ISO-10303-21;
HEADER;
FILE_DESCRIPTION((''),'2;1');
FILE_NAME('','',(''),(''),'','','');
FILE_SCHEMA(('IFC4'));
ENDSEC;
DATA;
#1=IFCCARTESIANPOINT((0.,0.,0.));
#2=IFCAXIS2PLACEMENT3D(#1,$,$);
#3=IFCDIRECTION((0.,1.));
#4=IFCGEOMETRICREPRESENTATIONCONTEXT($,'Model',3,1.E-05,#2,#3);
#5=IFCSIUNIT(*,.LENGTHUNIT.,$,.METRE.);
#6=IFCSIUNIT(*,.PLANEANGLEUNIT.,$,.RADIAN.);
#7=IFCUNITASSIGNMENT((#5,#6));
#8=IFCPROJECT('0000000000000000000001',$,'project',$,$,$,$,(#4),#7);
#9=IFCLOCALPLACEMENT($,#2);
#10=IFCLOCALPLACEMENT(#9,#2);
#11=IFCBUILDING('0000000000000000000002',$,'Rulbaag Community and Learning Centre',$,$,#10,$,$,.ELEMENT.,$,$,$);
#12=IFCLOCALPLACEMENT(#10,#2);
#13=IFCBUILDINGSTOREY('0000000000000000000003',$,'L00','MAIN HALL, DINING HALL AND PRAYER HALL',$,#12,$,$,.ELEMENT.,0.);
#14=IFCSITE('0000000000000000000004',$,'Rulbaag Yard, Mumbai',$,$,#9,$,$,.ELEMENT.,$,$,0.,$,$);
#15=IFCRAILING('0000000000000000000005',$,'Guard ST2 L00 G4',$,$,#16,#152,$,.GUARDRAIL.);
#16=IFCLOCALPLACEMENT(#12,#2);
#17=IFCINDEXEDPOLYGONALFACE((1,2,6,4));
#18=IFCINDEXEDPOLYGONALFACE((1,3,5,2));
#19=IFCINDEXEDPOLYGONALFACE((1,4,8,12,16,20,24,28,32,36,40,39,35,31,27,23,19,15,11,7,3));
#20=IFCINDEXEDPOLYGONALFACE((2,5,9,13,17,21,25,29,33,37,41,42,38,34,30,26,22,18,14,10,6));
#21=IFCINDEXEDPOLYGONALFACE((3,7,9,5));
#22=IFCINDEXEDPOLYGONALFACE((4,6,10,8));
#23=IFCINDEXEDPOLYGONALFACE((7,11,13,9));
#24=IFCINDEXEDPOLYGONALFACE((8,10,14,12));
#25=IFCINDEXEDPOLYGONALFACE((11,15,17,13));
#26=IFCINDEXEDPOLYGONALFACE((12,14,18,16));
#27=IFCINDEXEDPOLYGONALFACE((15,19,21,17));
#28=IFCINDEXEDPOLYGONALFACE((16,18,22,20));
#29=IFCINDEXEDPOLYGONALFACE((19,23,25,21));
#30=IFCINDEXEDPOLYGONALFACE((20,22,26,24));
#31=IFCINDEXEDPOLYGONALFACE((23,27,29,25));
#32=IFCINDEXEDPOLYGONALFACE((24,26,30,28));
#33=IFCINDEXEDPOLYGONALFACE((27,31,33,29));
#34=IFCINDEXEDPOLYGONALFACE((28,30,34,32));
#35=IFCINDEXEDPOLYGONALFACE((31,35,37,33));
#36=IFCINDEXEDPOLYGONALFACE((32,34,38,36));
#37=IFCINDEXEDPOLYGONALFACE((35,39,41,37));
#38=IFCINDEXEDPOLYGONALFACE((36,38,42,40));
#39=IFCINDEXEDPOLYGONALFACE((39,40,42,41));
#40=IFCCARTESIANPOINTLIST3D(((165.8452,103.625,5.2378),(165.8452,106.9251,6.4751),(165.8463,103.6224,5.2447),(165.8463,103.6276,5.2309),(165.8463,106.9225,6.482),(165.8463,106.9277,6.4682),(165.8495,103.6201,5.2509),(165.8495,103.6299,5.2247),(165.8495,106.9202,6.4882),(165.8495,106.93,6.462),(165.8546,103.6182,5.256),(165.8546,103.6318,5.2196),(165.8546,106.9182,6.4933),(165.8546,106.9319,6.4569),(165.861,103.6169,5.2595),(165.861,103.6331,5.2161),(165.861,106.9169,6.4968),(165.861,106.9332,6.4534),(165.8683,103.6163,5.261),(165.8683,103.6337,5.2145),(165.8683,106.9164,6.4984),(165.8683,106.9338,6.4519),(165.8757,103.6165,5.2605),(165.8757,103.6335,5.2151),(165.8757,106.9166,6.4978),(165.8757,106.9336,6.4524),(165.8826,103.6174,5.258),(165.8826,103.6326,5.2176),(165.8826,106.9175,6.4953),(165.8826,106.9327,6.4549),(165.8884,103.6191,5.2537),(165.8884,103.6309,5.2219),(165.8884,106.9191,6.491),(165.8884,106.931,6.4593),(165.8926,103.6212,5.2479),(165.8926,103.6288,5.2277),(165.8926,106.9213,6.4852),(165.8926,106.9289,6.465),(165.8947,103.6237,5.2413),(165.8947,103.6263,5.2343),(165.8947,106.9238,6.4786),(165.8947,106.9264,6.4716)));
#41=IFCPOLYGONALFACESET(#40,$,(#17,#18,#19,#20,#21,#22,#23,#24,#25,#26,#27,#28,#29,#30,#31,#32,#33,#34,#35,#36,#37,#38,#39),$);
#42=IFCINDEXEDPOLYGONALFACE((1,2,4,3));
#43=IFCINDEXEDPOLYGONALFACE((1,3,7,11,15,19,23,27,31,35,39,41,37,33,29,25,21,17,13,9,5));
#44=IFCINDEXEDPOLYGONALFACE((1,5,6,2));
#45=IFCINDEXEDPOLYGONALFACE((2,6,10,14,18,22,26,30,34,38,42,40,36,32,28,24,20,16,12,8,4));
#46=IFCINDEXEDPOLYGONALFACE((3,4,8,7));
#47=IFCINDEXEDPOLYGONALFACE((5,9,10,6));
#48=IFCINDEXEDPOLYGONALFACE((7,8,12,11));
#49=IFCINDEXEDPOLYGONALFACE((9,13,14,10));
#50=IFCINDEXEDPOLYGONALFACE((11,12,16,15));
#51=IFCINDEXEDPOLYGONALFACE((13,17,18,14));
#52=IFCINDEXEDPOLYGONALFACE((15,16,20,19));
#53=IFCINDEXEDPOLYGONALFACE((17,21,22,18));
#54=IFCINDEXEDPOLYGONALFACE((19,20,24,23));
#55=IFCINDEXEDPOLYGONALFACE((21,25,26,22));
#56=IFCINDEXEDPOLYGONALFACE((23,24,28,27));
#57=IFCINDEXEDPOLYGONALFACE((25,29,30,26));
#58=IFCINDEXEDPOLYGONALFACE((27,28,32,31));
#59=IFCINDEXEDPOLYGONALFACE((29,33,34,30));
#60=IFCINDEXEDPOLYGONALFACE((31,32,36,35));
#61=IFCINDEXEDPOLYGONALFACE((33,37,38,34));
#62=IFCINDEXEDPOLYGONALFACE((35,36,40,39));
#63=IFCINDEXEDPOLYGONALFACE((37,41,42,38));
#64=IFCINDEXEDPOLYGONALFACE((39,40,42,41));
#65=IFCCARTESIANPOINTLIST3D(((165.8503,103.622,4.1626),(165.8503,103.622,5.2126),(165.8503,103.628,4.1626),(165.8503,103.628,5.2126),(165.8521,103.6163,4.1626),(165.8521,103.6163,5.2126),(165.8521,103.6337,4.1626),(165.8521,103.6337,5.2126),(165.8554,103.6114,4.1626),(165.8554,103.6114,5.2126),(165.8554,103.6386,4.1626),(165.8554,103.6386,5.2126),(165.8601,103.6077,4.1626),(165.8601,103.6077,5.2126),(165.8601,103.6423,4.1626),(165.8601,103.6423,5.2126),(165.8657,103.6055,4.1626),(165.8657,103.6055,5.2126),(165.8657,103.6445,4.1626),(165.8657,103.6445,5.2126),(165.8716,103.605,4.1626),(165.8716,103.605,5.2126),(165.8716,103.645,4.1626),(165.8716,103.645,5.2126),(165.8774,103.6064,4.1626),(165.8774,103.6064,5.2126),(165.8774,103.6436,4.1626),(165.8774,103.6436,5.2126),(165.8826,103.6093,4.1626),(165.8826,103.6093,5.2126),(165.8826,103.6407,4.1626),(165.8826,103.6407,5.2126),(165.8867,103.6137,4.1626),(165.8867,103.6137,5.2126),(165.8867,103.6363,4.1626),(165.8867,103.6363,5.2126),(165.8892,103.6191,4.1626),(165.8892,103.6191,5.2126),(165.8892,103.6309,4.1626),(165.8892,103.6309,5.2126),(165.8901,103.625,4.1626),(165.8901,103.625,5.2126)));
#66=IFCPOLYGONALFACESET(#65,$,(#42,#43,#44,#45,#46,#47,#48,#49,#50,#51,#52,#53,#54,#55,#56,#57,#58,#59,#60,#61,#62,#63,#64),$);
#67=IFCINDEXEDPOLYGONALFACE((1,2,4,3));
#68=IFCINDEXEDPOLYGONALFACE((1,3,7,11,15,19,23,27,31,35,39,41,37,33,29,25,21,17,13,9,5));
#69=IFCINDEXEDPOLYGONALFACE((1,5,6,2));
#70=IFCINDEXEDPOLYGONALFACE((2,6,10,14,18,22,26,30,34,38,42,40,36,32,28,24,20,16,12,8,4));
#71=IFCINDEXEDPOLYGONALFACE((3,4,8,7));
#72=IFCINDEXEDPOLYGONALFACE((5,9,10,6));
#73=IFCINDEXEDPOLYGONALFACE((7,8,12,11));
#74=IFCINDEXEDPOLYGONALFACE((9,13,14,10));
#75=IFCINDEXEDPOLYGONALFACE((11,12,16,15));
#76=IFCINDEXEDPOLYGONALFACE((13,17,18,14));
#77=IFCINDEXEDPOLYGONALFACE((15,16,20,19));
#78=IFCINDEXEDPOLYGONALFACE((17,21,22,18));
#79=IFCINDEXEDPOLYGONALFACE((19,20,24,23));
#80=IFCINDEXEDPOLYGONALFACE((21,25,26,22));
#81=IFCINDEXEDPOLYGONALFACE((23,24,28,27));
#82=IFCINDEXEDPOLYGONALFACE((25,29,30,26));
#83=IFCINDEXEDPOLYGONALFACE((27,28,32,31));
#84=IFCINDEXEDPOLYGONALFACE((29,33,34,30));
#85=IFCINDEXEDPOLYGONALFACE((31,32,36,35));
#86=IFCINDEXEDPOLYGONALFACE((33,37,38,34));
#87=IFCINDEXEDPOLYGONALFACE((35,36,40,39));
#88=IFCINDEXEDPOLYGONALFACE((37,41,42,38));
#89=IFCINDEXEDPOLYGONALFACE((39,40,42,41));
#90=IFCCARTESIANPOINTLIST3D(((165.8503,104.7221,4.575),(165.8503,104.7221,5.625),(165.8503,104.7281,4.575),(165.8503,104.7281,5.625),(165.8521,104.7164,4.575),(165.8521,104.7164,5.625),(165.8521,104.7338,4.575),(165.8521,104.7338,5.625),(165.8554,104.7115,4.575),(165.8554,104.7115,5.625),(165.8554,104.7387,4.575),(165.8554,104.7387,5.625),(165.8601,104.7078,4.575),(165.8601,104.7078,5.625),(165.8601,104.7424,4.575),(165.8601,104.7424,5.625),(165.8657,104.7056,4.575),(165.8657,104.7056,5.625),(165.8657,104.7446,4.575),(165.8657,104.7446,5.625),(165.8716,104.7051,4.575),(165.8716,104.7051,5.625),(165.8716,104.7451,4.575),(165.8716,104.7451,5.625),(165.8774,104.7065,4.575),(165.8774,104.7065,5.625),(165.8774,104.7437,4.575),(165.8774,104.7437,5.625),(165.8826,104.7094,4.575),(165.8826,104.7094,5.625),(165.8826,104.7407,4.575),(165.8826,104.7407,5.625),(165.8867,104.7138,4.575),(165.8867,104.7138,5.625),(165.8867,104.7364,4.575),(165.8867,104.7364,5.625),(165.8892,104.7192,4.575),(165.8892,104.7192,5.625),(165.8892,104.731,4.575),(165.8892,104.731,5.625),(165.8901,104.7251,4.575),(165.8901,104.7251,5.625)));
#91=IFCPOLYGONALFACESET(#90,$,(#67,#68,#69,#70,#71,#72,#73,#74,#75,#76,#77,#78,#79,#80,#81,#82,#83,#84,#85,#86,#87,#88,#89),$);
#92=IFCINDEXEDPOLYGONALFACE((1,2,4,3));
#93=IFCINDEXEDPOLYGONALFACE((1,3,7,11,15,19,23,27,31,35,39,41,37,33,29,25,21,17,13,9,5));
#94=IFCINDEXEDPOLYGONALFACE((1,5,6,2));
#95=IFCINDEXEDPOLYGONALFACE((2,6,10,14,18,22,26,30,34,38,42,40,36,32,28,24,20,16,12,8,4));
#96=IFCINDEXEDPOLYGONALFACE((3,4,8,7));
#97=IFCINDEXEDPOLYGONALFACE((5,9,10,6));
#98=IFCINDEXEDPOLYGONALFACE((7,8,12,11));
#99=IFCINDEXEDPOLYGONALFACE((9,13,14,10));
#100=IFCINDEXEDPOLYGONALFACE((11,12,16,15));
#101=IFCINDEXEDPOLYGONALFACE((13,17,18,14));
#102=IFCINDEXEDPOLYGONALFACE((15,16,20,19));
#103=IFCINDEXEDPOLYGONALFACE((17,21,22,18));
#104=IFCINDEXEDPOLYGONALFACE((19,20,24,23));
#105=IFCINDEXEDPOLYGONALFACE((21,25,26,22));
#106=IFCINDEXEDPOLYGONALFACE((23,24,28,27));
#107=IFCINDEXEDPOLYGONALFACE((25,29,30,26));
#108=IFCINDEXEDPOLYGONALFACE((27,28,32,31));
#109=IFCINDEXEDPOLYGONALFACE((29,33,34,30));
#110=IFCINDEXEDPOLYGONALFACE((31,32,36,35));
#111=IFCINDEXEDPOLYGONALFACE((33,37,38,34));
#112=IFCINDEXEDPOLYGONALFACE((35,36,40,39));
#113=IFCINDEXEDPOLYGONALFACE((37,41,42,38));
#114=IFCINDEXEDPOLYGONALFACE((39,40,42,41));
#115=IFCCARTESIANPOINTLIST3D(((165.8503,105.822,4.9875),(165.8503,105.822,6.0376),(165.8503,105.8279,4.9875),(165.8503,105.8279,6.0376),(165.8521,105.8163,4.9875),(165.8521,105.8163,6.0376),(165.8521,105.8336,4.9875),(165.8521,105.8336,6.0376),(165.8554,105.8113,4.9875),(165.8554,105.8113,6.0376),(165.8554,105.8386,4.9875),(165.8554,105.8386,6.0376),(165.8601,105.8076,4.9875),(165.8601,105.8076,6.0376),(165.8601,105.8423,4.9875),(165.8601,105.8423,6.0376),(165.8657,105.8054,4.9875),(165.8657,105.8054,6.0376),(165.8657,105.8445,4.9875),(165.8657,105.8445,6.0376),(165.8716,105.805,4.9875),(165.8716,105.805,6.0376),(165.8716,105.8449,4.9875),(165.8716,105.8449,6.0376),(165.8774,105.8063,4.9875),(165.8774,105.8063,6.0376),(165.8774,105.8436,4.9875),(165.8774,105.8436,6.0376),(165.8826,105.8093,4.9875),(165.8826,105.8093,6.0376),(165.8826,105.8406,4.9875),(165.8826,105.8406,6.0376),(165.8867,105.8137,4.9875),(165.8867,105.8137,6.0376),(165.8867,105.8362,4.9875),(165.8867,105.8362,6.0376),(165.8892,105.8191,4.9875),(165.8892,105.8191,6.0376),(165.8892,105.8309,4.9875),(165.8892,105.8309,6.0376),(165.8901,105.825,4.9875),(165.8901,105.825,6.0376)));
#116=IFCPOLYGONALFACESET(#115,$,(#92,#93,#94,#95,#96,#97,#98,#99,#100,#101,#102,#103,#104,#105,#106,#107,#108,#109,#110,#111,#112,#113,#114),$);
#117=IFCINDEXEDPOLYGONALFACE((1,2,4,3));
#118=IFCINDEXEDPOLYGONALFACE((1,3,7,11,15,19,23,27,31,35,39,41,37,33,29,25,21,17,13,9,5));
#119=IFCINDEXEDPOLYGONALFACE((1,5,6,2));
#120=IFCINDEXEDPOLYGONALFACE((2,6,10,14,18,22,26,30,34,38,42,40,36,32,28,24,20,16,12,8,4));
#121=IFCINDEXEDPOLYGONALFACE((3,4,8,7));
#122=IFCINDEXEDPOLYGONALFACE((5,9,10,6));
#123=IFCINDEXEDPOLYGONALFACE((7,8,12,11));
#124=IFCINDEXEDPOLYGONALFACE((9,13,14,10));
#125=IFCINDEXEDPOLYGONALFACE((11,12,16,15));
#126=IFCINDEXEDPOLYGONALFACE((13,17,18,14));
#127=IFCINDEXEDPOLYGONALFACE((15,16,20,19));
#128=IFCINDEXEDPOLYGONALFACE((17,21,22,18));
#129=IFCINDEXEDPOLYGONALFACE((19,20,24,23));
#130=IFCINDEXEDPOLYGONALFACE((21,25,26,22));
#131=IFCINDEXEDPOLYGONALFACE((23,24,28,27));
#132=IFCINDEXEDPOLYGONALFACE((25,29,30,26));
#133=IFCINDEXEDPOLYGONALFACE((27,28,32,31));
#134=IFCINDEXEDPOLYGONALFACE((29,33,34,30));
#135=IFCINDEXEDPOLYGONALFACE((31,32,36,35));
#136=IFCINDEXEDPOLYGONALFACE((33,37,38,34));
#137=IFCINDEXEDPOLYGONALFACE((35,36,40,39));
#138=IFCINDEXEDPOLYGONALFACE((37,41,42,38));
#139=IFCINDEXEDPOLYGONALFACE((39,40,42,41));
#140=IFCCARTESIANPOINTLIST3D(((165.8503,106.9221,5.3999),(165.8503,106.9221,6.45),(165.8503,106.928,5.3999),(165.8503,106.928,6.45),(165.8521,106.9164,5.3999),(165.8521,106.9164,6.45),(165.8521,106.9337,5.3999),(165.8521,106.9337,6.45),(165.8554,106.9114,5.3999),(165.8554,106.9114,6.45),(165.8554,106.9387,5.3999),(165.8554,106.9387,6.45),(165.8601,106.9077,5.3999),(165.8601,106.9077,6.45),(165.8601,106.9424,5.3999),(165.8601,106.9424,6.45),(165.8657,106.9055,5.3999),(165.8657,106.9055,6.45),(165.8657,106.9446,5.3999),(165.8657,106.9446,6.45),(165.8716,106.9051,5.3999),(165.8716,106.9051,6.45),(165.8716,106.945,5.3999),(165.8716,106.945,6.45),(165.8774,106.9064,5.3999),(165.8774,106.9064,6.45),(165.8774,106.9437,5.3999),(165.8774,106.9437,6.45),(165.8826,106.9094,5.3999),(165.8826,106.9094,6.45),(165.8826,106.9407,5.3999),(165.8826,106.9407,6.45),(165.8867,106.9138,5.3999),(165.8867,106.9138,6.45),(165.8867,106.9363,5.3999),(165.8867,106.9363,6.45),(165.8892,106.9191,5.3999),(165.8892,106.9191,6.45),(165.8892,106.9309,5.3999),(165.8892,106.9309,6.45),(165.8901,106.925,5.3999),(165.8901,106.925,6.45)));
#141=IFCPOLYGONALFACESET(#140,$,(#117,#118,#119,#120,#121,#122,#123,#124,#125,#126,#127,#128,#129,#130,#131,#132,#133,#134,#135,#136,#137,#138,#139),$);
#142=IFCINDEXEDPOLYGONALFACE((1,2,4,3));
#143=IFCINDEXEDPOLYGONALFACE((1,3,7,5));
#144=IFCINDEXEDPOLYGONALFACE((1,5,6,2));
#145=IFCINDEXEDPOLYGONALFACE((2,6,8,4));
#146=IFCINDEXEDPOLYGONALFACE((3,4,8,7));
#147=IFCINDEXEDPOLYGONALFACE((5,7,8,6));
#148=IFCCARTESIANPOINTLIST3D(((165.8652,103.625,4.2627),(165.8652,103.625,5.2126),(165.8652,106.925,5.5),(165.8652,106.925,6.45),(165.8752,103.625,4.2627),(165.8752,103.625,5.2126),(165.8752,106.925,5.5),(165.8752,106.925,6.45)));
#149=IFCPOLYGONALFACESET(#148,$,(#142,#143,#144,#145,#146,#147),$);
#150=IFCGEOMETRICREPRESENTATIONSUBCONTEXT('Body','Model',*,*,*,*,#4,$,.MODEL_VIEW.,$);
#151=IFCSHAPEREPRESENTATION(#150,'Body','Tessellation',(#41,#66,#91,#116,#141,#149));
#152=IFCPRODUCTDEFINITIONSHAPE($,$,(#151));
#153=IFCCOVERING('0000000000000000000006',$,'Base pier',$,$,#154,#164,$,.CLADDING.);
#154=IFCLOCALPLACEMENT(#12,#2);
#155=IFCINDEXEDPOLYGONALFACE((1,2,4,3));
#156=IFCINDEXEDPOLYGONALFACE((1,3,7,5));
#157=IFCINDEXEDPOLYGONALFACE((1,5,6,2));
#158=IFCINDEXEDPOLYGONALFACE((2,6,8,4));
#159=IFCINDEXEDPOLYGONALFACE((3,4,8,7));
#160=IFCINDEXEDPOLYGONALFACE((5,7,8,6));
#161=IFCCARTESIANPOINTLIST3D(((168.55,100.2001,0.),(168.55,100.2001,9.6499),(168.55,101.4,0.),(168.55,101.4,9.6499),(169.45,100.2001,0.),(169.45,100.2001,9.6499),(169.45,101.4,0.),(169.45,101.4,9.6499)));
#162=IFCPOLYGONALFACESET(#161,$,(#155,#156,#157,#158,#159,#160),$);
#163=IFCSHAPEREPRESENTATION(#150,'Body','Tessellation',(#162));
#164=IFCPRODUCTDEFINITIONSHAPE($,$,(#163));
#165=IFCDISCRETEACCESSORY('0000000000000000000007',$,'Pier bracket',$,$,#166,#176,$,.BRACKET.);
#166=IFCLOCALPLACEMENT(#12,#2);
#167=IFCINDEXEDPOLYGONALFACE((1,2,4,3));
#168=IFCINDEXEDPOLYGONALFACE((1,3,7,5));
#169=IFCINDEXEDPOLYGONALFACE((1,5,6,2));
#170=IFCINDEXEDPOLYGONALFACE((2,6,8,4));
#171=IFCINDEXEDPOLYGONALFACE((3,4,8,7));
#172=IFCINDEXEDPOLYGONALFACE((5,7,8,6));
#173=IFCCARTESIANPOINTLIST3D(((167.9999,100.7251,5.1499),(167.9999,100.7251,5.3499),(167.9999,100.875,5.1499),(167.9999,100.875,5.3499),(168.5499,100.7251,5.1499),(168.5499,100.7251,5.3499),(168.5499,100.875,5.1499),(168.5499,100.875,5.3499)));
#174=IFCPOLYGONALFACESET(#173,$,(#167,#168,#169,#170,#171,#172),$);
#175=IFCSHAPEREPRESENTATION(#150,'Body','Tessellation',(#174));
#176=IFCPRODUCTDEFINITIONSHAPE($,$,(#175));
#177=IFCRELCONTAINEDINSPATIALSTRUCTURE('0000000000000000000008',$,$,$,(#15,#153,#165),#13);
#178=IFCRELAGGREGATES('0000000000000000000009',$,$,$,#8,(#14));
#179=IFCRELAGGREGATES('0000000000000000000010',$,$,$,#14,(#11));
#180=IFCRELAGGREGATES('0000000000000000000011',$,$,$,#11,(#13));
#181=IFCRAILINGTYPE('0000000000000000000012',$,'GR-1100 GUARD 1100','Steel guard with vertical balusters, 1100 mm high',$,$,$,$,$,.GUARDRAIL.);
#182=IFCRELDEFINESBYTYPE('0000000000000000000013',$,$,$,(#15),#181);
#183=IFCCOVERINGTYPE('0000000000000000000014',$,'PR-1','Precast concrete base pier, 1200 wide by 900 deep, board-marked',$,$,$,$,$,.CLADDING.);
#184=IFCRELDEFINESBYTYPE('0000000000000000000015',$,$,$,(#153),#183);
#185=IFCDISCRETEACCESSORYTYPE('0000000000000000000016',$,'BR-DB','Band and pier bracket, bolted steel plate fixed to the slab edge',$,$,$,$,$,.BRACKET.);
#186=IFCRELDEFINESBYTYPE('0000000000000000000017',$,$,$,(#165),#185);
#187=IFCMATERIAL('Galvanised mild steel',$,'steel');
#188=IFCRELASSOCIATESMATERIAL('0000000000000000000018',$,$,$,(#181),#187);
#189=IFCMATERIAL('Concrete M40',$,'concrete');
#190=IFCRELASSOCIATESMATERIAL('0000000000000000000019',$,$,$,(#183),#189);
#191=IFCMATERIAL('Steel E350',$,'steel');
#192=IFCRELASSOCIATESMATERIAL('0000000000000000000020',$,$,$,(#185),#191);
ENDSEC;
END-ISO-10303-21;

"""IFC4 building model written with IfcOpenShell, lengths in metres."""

from ifc_helpers import new_model, si_unit, direction, frame, origin, origin_2d, place, context, subcontext, project, spatial, polyline, rectangle, circle, outline, extrude, material, type_object, element, save


model = new_model("IFC4")

# Units and contexts
model_context = context("Model", 3, precision=1e-05, world=origin(), true_north=direction((0.0, 1.0)))
body_context = subcontext(model_context, "Body", "Model", "MODEL_VIEW")
ifc_project = project(units=[si_unit("LENGTHUNIT", "METRE"), si_unit("PLANEANGLEUNIT", "RADIAN")], contexts=[model_context])

# Site, building, storey
site_placement = place(None, origin())
site = spatial("IfcSite", under=ifc_project, at=site_placement, Name="Rulbaag Yard, Mumbai", CompositionType="ELEMENT", RefElevation=0.0)
building_placement = place(site_placement, origin())
building = spatial("IfcBuilding", under=site, at=building_placement, Name="Rulbaag Community and Learning Centre", CompositionType="ELEMENT")
storey_placement = place(building_placement, origin())
storey = spatial("IfcBuildingStorey", under=building, at=storey_placement, Name="L00", Description="MAIN HALL, DINING HALL AND PRAYER HALL", CompositionType="ELEMENT", Elevation=0.0)

# Shared definitions
ifc_material_1 = material(Name="Concrete M40", Category="concrete")

# Railing
ifc_material_2 = material(Name="Galvanised mild steel", Category="steel")
railing_type = type_object("IfcRailingType", Name="GR-1100 GUARD 1100", Description="Steel guard with vertical balusters, 1100 mm high", PredefinedType="GUARDRAIL", material=ifc_material_2)
railing_1_placement = place(storey_placement, frame((165.8701, 103.625, 4.1626)))
element("IfcRailing", 1, at=railing_1_placement, inside=storey, type_object=railing_type, Name="Guard ST2 L00 G4", PredefinedType="GUARDRAIL", context=body_context, shape_type="SweptSolid", body=[
    extrude(circle(Radius=0.0249, at=origin_2d()), frame((0.0, 0.0, 1.0752), z_axis=(0.0, 0.936349, 0.35107), x_axis=(-1.0, 0.0, 0.0)), (0.0, 0.0, 1.0), 3.5244),
    extrude(circle(Radius=0.02, at=origin_2d()), origin(), (0.0, 0.0, 1.0), 1.05),
    extrude(circle(Radius=0.02, at=origin_2d()), frame((0.0, 1.1001, 0.4124)), (0.0, 0.0, 1.0), 1.05),
    extrude(circle(Radius=0.02, at=origin_2d()), frame((0.0, 2.2, 0.825)), (0.0, 0.0, 1.0), 1.05),
    extrude(circle(Radius=0.02, at=origin_2d()), frame((0.0, 3.3, 1.2373)), (0.0, 0.0, 1.0), 1.05),
    extrude(outline(polyline([(0.0, 0.0), (3.3, 1.2373), (3.3, 2.1873), (0.0, 0.95), (0.0, 0.0)])), frame((-0.0049, 0.0, 0.1001), z_axis=(1.0, 0.0, 0.0), x_axis=(0.0, 1.0, 0.0)), (0.0, 0.0, 1.0), 0.01),
])

# Covering
covering_type = type_object("IfcCoveringType", Name="PR-1", Description="Precast concrete base pier, 1200 wide by 900 deep, board-marked", PredefinedType="CLADDING", material=ifc_material_1)
covering_placement = place(storey_placement, frame((169.0, 100.8, 0.0), z_axis=(0.0, 0.0, 1.0), x_axis=(1.0, 0.0, 0.0)))
element("IfcCovering", 2, at=covering_placement, inside=storey, type_object=covering_type, Name="Base pier", PredefinedType="CLADDING", context=body_context, shape_type="SweptSolid", body=[
    extrude(rectangle(XDim=0.8999, YDim=1.2, at=origin_2d()), origin(), (0.0, 0.0, 1.0), 9.6499),
])

# Discrete accessory
ifc_material_3 = material(Name="Steel E350", Category="steel")
discrete_accessory_type = type_object("IfcDiscreteAccessoryType", Name="BR-DB", Description="Band and pier bracket, bolted steel plate fixed to the slab edge", PredefinedType="BRACKET", material=ifc_material_3)
discrete_accessory_placement = place(storey_placement, frame((168.2749, 100.8, 5.1499), z_axis=(0.0, 0.0, 1.0), x_axis=(1.0, 0.0, 0.0)))
element("IfcDiscreteAccessory", 3, at=discrete_accessory_placement, inside=storey, type_object=discrete_accessory_type, Name="Pier bracket", PredefinedType="BRACKET", context=body_context, shape_type="SweptSolid", body=[
    extrude(rectangle(XDim=0.55, YDim=0.1499, at=origin_2d()), origin(), (0.0, 0.0, 1.0), 0.2),
])

save(model, "model.ifc")
